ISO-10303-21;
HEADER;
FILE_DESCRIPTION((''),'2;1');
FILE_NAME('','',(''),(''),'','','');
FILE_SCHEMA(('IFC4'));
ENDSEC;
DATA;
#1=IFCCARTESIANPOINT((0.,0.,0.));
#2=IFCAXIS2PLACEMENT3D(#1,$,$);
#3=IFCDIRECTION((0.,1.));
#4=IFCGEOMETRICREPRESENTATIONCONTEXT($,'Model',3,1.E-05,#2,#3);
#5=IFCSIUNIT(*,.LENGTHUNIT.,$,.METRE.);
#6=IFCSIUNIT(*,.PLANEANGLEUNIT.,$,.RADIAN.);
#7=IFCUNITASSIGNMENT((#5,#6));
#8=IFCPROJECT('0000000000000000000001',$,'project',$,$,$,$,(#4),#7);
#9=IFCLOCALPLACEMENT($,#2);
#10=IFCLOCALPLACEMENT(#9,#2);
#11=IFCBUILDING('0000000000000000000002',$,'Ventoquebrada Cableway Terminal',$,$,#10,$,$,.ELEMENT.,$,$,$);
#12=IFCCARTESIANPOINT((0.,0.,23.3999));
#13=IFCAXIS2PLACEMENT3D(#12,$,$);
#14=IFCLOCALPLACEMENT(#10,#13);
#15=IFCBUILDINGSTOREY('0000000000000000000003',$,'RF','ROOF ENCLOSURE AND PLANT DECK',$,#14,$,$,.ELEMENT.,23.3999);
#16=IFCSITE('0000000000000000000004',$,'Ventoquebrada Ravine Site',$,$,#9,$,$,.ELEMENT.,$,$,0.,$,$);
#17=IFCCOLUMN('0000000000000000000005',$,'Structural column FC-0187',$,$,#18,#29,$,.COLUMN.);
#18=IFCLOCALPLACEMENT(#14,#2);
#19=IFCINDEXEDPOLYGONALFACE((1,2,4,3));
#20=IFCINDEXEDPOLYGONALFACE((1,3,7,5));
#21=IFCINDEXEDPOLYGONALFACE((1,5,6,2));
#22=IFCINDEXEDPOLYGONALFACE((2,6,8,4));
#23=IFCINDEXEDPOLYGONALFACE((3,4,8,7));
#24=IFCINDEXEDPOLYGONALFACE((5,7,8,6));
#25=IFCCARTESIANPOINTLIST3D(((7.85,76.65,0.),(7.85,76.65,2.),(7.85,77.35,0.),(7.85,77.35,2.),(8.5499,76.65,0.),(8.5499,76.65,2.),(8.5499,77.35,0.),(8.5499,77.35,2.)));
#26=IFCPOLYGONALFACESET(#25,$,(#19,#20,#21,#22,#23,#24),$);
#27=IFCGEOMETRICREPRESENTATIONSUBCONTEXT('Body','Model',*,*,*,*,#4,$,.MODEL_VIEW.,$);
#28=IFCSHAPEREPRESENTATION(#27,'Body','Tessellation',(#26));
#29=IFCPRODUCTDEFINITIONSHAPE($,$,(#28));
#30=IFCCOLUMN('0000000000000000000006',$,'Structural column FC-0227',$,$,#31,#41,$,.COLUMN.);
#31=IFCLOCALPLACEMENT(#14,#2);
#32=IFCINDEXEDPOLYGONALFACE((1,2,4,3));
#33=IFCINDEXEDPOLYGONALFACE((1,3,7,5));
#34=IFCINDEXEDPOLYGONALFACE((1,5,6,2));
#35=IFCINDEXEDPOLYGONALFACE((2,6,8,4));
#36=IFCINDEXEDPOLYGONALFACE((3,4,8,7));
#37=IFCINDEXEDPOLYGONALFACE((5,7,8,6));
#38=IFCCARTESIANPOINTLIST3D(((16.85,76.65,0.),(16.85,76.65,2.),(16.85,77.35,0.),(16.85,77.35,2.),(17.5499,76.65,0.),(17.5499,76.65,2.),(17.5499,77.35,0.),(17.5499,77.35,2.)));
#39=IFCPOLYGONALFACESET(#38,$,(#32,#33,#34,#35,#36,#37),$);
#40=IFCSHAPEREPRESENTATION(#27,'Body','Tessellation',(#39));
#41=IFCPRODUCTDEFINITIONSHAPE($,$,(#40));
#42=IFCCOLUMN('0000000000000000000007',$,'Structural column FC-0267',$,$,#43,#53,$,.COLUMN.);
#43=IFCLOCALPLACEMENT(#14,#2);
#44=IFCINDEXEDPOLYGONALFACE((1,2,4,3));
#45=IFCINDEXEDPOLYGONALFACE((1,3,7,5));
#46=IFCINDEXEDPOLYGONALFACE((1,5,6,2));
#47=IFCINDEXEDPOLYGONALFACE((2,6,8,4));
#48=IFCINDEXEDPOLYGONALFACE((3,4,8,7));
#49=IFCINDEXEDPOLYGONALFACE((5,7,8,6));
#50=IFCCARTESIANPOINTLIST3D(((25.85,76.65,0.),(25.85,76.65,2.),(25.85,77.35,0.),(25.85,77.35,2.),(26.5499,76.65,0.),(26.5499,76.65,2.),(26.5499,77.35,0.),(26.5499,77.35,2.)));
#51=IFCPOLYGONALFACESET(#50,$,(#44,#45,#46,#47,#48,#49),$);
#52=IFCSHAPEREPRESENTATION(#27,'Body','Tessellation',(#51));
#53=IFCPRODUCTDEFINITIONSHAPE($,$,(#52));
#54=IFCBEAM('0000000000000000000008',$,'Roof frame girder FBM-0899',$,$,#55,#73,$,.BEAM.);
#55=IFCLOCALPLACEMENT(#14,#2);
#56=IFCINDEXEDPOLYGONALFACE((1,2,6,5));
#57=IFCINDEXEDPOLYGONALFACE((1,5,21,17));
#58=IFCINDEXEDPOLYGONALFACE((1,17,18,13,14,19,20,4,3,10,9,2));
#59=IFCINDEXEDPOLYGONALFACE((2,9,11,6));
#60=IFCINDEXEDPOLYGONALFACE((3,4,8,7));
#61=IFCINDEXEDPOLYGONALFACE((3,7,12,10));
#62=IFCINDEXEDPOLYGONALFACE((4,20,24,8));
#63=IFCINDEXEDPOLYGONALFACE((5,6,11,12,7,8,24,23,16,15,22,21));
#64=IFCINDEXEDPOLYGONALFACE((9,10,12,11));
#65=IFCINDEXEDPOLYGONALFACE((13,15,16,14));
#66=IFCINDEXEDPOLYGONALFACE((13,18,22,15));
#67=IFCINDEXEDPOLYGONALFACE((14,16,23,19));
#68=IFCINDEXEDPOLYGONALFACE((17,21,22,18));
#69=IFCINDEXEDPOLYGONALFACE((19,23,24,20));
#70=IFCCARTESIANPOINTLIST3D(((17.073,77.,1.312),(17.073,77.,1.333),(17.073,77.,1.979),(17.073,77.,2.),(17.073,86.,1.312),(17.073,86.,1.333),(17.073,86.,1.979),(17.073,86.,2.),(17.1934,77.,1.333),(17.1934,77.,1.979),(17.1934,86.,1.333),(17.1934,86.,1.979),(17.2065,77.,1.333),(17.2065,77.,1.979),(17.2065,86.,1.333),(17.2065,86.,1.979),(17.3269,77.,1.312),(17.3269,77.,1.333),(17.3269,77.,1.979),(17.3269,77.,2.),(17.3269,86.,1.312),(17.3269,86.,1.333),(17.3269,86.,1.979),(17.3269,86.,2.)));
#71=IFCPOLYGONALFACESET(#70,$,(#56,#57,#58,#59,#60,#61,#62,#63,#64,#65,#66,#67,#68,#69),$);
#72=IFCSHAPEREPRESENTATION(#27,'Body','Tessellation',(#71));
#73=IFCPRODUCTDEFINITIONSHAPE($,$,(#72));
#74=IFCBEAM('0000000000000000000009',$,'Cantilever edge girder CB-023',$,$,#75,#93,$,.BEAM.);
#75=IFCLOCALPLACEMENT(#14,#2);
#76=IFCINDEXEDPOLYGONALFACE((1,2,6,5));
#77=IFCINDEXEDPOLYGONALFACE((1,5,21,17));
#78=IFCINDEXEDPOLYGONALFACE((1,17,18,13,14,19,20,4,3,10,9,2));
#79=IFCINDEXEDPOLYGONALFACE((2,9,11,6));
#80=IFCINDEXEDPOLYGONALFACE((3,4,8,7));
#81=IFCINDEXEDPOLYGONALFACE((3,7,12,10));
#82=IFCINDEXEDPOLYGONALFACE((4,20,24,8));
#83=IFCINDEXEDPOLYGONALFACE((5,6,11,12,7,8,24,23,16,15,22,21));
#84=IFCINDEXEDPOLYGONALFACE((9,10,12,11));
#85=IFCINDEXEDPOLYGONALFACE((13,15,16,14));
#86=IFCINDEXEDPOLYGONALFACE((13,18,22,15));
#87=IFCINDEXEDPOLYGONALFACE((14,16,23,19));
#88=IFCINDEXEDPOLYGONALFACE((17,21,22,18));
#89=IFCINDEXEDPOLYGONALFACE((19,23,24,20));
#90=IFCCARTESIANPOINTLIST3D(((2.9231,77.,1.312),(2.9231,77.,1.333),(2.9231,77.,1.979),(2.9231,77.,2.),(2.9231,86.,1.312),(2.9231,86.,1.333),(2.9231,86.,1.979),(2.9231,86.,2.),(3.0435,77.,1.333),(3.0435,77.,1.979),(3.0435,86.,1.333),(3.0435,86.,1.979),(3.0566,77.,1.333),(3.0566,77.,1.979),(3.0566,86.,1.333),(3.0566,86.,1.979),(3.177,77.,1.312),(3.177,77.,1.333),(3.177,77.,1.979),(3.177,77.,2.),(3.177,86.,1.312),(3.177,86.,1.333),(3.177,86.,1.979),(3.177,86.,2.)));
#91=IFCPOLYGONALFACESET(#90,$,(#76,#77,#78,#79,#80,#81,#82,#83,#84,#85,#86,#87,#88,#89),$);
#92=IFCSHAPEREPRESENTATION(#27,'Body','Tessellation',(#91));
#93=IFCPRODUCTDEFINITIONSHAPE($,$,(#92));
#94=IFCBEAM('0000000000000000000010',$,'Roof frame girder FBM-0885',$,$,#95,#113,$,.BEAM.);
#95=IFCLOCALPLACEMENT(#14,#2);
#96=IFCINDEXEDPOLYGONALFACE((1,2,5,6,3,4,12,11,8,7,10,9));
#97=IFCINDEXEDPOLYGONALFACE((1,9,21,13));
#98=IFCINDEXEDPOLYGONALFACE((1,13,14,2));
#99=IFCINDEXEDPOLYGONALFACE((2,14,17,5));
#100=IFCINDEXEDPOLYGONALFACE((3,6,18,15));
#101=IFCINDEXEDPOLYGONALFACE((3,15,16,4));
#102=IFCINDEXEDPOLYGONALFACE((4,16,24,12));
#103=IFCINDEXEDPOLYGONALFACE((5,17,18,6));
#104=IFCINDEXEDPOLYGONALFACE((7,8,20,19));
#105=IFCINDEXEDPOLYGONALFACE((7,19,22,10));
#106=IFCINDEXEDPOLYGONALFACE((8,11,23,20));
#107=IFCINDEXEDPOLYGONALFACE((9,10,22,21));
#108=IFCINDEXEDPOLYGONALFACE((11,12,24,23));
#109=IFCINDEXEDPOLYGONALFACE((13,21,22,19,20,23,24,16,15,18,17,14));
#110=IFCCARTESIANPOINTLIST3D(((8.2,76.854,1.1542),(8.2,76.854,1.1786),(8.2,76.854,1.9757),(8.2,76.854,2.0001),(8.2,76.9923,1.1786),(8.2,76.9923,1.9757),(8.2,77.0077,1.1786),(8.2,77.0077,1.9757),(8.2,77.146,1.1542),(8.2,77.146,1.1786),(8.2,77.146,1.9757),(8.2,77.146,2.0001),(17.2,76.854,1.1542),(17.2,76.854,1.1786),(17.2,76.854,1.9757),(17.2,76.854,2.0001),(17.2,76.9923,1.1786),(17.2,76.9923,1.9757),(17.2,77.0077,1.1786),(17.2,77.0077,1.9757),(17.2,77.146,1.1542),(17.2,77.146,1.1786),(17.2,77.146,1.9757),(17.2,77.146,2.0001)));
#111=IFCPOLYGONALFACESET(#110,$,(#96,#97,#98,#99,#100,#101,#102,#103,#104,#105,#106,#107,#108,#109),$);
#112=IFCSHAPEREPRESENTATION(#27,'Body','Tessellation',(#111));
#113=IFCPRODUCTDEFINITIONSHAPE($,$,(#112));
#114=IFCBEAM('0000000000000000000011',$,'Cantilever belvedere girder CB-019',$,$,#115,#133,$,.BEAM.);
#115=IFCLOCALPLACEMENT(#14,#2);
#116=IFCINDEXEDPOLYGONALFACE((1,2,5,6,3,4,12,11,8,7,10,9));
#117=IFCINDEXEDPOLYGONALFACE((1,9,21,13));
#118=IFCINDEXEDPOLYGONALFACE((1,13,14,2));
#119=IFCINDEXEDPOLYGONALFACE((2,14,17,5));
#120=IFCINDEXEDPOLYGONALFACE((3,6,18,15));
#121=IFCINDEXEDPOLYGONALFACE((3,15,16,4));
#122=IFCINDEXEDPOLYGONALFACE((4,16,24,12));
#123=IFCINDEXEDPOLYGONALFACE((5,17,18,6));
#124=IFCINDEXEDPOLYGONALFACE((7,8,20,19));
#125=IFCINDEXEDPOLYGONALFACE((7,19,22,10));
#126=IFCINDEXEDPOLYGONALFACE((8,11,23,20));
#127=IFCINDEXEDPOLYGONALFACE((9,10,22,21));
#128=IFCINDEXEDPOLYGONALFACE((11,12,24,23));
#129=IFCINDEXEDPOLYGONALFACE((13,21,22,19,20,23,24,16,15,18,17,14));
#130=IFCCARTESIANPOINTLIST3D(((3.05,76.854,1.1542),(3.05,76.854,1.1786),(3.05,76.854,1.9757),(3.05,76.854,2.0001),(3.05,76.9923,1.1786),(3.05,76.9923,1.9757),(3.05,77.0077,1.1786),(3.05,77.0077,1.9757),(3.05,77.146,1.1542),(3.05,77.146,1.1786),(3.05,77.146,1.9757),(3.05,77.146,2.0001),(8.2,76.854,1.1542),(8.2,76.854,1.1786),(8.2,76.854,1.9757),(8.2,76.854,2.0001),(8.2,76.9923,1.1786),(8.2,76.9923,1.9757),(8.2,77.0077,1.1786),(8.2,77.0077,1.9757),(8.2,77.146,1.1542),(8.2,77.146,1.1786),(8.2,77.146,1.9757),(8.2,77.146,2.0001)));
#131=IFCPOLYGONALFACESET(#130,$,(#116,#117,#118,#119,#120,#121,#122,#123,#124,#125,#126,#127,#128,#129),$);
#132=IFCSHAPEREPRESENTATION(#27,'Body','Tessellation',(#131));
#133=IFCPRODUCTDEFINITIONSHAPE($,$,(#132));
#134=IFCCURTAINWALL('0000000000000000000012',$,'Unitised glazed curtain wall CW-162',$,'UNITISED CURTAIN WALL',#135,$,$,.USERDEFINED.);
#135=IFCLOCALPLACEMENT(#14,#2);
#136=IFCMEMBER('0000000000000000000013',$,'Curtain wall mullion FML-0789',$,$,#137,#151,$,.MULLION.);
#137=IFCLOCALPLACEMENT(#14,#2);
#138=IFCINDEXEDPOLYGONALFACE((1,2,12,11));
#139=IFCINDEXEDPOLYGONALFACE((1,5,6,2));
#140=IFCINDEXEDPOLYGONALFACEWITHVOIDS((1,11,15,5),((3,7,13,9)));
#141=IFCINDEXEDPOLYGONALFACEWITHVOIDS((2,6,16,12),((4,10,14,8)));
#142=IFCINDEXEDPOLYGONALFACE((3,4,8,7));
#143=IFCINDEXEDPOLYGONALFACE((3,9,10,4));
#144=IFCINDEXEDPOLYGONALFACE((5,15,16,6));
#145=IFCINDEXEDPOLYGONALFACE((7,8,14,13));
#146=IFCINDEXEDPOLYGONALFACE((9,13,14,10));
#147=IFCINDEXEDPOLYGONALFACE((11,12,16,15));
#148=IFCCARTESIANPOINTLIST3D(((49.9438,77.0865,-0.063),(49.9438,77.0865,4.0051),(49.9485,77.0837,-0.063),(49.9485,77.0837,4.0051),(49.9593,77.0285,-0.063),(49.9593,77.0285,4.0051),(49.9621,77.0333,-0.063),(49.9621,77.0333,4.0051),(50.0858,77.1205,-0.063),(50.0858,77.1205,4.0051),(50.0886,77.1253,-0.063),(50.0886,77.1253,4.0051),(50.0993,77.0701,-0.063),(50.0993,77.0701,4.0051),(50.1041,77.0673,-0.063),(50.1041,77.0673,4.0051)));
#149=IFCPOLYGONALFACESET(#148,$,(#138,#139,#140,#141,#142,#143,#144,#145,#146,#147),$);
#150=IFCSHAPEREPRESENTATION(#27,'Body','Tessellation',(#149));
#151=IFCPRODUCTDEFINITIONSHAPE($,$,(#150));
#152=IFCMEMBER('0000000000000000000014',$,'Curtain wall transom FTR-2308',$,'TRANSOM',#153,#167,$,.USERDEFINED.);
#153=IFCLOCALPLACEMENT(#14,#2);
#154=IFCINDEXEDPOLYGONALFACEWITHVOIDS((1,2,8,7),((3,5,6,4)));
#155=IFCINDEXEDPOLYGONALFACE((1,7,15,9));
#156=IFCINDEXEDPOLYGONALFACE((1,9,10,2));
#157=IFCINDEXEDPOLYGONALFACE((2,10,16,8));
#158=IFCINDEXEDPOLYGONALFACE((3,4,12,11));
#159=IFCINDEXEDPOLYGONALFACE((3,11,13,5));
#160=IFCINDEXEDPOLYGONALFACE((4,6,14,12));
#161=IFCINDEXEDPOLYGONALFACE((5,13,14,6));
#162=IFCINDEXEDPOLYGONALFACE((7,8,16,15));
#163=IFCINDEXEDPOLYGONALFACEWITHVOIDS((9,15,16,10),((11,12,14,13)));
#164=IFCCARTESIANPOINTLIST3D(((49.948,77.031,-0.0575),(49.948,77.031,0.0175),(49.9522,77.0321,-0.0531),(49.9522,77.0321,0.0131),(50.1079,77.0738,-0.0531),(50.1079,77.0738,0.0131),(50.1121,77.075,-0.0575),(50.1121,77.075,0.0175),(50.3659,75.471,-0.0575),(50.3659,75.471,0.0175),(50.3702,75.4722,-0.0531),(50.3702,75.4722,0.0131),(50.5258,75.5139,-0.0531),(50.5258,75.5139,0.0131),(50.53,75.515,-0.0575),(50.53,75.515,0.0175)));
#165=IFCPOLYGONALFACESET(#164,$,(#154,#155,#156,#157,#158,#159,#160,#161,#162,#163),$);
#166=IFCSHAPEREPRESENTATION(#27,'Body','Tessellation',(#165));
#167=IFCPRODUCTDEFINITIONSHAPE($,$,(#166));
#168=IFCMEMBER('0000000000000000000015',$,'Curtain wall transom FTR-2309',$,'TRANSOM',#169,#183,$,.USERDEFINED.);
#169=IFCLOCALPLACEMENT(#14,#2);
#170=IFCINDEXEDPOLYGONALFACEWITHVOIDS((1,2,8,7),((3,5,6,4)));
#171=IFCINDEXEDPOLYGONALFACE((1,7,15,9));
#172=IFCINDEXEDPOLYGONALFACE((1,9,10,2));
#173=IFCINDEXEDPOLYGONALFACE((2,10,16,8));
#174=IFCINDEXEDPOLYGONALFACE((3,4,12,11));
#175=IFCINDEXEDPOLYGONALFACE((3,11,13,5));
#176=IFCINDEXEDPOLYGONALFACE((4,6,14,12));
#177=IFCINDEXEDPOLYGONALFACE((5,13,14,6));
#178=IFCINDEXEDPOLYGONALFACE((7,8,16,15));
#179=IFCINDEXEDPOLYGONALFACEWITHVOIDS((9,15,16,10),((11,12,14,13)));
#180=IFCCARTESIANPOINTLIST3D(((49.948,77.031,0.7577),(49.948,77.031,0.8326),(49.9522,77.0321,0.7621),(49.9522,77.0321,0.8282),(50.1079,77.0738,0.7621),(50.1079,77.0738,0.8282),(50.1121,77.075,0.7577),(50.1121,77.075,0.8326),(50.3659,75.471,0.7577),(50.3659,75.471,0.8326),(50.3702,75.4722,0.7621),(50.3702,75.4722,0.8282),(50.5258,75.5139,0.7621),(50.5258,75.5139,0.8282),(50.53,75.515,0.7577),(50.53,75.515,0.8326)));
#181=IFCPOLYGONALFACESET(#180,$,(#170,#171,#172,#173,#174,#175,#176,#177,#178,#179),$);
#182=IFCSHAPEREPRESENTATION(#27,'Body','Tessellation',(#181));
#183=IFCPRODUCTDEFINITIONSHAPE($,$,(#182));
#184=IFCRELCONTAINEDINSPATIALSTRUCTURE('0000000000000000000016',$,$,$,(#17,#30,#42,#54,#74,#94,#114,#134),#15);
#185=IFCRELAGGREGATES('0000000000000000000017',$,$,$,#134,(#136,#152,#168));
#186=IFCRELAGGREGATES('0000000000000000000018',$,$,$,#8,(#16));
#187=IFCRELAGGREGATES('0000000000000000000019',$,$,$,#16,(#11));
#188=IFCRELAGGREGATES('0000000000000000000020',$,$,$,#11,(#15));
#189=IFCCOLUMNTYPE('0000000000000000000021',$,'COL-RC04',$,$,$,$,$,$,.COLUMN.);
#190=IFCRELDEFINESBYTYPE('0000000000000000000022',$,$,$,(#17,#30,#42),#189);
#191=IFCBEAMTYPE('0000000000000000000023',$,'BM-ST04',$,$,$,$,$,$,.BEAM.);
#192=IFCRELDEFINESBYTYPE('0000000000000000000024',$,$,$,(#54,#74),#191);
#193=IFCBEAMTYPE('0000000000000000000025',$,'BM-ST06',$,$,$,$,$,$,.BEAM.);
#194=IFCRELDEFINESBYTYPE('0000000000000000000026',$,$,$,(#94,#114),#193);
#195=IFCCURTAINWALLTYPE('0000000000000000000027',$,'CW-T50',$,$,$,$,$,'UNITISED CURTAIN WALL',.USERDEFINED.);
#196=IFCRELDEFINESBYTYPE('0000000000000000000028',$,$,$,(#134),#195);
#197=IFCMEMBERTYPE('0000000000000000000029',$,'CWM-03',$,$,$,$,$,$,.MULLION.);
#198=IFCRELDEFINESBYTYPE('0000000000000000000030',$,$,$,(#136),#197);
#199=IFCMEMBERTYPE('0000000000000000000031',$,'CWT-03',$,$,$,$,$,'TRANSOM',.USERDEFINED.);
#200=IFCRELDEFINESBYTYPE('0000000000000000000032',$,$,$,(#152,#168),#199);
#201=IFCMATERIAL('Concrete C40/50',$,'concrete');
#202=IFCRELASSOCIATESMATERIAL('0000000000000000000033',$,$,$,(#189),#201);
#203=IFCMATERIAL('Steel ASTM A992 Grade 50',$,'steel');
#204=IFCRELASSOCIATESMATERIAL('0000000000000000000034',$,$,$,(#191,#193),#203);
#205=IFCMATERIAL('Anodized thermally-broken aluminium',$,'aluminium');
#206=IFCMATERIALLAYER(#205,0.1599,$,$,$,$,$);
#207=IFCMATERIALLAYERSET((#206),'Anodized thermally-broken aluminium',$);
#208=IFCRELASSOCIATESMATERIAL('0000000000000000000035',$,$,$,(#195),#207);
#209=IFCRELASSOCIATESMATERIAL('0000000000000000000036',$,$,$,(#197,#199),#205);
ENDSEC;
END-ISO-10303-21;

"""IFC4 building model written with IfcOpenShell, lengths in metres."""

from ifc_helpers import new_model, si_unit, direction, frame, origin, origin_2d, place, context, subcontext, project, spatial, rectangle, hollow_rectangle, i_section, extrude, material, layer, layer_set, material_profile, profile_set, type_object, element, aggregate, save


model = new_model("IFC4")

# Units and contexts
model_context = context("Model", 3, precision=1e-05, world=origin(), true_north=direction((0.0, 1.0)))
body_context = subcontext(model_context, "Body", "Model", "MODEL_VIEW")
ifc_project = project(units=[si_unit("LENGTHUNIT", "METRE"), si_unit("PLANEANGLEUNIT", "RADIAN")], contexts=[model_context])

# Site, building, storey
site_placement = place(None, origin())
site = spatial("IfcSite", under=ifc_project, at=site_placement, Name="Ventoquebrada Ravine Site", CompositionType="ELEMENT", RefElevation=0.0)
building_placement = place(site_placement, origin())
building = spatial("IfcBuilding", under=site, at=building_placement, Name="Ventoquebrada Cableway Terminal", CompositionType="ELEMENT")
storey_placement = place(building_placement, frame((0.0, 0.0, 23.3999)))
storey = spatial("IfcBuildingStorey", under=building, at=storey_placement, Name="RF", Description="ROOF ENCLOSURE AND PLANT DECK", CompositionType="ELEMENT", Elevation=23.3999)

# Columns
ifc_material_1 = material(Name="Concrete C40/50", Category="concrete")
ifc_material_profile_1 = material_profile(ifc_material_1, rectangle(XDim=0.7, YDim=0.7, at=origin_2d()), Name="RC-COL-700X700")
ifc_profile_set_1 = profile_set([ifc_material_profile_1], Name="Concrete C40/50")
column_type = type_object("IfcColumnType", Name="COL-RC04", PredefinedType="COLUMN", material=ifc_profile_set_1)
for number, where, z_axis, x_axis, name in (
    (1, (8.2, 77.0, 0.0), (0.0, 0.0, 1.0), (1.0, 0.0, 0.0), "Structural column FC-0187"),
    (2, (17.2, 77.0, 0.0), (0.0, 0.0, 1.0), (1.0, 0.0, 0.0), "Structural column FC-0227"),
    (3, (26.2, 77.0, 0.0), (0.0, 0.0, 1.0), (1.0, 0.0, 0.0), "Structural column FC-0267"),
):
    element("IfcColumn", number, at=place(storey_placement, frame(where, z_axis=z_axis, x_axis=x_axis)), inside=storey, type_object=column_type, Name=name, PredefinedType="COLUMN", context=body_context, shape_type="SweptSolid", body=[
        extrude(rectangle(XDim=0.7, YDim=0.7, at=origin_2d()), origin(), (0.0, 0.0, 1.0), 2.0),
    ])

# Beams
ifc_material_2 = material(Name="Steel ASTM A992 Grade 50", Category="steel")
ifc_material_profile_2 = material_profile(ifc_material_2, i_section(OverallWidth=0.2539, OverallDepth=0.688, WebThickness=0.0132, FlangeThickness=0.021, at=origin_2d()), Name="W27X102")
ifc_profile_set_2 = profile_set([ifc_material_profile_2], Name="Steel ASTM A992 Grade 50")
beam_type_1 = type_object("IfcBeamType", Name="BM-ST04", PredefinedType="BEAM", material=ifc_profile_set_2)
for number, where, z_axis, x_axis, name in (
    (4, (17.2, 77.0, 1.656), (0.0, 1.0, 0.0), (-1.0, 0.0, 0.0), "Roof frame girder FBM-0899"),
    (5, (3.05, 77.0, 1.656), (0.0, 1.0, 0.0), (-1.0, 0.0, 0.0), "Cantilever edge girder CB-023"),
):
    element("IfcBeam", number, at=place(storey_placement, frame(where, z_axis=z_axis, x_axis=x_axis)), inside=storey, type_object=beam_type_1, Name=name, PredefinedType="BEAM", context=body_context, shape_type="SweptSolid", body=[
        extrude(i_section(OverallWidth=0.2539, OverallDepth=0.688, WebThickness=0.0132, FlangeThickness=0.021, at=origin_2d()), origin(), (0.0, 0.0, 1.0), 9.0),
    ])
ifc_material_profile_3 = material_profile(ifc_material_2, i_section(OverallWidth=0.292, OverallDepth=0.8459, WebThickness=0.0154, FlangeThickness=0.0244, at=origin_2d()), Name="W33X141")
ifc_profile_set_3 = profile_set([ifc_material_profile_3], Name="Steel ASTM A992 Grade 50")
beam_type_2 = type_object("IfcBeamType", Name="BM-ST06", PredefinedType="BEAM", material=ifc_profile_set_3)
beam_1_placement = place(storey_placement, frame((8.2, 77.0, 1.5771), z_axis=(1.0, 0.0, 0.0), x_axis=(0.0, 1.0, 0.0)))
element("IfcBeam", 6, at=beam_1_placement, inside=storey, type_object=beam_type_2, Name="Roof frame girder FBM-0885", PredefinedType="BEAM", context=body_context, shape_type="SweptSolid", body=[
    extrude(i_section(OverallWidth=0.292, OverallDepth=0.8459, WebThickness=0.0154, FlangeThickness=0.0244, at=origin_2d()), origin(), (0.0, 0.0, 1.0), 9.0),
])
beam_2_placement = place(storey_placement, frame((3.05, 77.0, 1.5771), z_axis=(1.0, 0.0, 0.0), x_axis=(0.0, 1.0, 0.0)))
element("IfcBeam", 7, at=beam_2_placement, inside=storey, type_object=beam_type_2, Name="Cantilever belvedere girder CB-019", PredefinedType="BEAM", context=body_context, shape_type="SweptSolid", body=[
    extrude(i_section(OverallWidth=0.292, OverallDepth=0.8459, WebThickness=0.0154, FlangeThickness=0.0244, at=origin_2d()), origin(), (0.0, 0.0, 1.0), 5.1499),
])

# Curtain wall, members
ifc_material_3 = material(Name="Anodized thermally-broken aluminium", Category="aluminium")
ifc_layer_1 = layer(ifc_material_3, 0.1599)
ifc_layer_set_1 = layer_set([ifc_layer_1], Name="Anodized thermally-broken aluminium")
curtain_wall_type = type_object("IfcCurtainWallType", Name="CW-T50", ElementType="UNITISED CURTAIN WALL", PredefinedType="USERDEFINED", material=ifc_layer_set_1)
curtain_wall_placement = place(storey_placement, origin())
curtain_wall = element("IfcCurtainWall", 8, at=curtain_wall_placement, inside=storey, type_object=curtain_wall_type, Name="Unitised glazed curtain wall CW-162", ObjectType="UNITISED CURTAIN WALL", PredefinedType="USERDEFINED")
ifc_material_profile_4 = material_profile(ifc_material_3, hollow_rectangle(XDim=0.0601, YDim=0.1499, WallThickness=0.0039, at=origin_2d()), Name="CW-MUL-60X150")
ifc_profile_set_4 = profile_set([ifc_material_profile_4], Name="Anodized thermally-broken aluminium")
member_type_1 = type_object("IfcMemberType", Name="CWM-03", PredefinedType="MULLION", material=ifc_profile_set_4)
member_1_placement = place(storey_placement, frame((50.0239, 77.0769, -0.063), z_axis=(0.0, 0.0, 1.0), x_axis=(0.258836, -0.965921, 0.0)))
member_1 = element("IfcMember", 9, at=member_1_placement, type_object=member_type_1, Name="Curtain wall mullion FML-0789", PredefinedType="MULLION", context=body_context, shape_type="SweptSolid", body=[
    extrude(hollow_rectangle(XDim=0.0601, YDim=0.1499, WallThickness=0.0039, at=origin_2d()), origin(), (0.0, 0.0, 1.0), 4.0681),
])
ifc_material_profile_5 = material_profile(ifc_material_3, hollow_rectangle(XDim=0.075, YDim=0.1699, WallThickness=0.0044, at=origin_2d()), Name="CW-TRN-75X170")
ifc_profile_set_5 = profile_set([ifc_material_profile_5], Name="Anodized thermally-broken aluminium")
member_type_2 = type_object("IfcMemberType", Name="CWT-03", ElementType="TRANSOM", PredefinedType="USERDEFINED", material=ifc_profile_set_5)
member_2_placement = place(storey_placement, frame((50.03, 77.053, -0.02), z_axis=(0.258791, -0.965933, 0.0), x_axis=(0.0, 0.0, 1.0)))
member_2 = element("IfcMember", 10, at=member_2_placement, type_object=member_type_2, Name="Curtain wall transom FTR-2308", ObjectType="TRANSOM", PredefinedType="USERDEFINED", context=body_context, shape_type="SweptSolid", body=[
    extrude(hollow_rectangle(XDim=0.075, YDim=0.1699, WallThickness=0.0044, at=origin_2d()), origin(), (0.0, 0.0, 1.0), 1.615),
])
member_3_placement = place(storey_placement, frame((50.03, 77.053, 0.7952), z_axis=(0.258791, -0.965933, 0.0), x_axis=(0.0, 0.0, 1.0)))
member_3 = element("IfcMember", 11, at=member_3_placement, type_object=member_type_2, Name="Curtain wall transom FTR-2309", ObjectType="TRANSOM", PredefinedType="USERDEFINED", context=body_context, shape_type="SweptSolid", body=[
    extrude(hollow_rectangle(XDim=0.075, YDim=0.1699, WallThickness=0.0044, at=origin_2d()), origin(), (0.0, 0.0, 1.0), 1.615),
])

aggregate(curtain_wall, [member_1, member_2, member_3])

save(model, "model.ifc")
